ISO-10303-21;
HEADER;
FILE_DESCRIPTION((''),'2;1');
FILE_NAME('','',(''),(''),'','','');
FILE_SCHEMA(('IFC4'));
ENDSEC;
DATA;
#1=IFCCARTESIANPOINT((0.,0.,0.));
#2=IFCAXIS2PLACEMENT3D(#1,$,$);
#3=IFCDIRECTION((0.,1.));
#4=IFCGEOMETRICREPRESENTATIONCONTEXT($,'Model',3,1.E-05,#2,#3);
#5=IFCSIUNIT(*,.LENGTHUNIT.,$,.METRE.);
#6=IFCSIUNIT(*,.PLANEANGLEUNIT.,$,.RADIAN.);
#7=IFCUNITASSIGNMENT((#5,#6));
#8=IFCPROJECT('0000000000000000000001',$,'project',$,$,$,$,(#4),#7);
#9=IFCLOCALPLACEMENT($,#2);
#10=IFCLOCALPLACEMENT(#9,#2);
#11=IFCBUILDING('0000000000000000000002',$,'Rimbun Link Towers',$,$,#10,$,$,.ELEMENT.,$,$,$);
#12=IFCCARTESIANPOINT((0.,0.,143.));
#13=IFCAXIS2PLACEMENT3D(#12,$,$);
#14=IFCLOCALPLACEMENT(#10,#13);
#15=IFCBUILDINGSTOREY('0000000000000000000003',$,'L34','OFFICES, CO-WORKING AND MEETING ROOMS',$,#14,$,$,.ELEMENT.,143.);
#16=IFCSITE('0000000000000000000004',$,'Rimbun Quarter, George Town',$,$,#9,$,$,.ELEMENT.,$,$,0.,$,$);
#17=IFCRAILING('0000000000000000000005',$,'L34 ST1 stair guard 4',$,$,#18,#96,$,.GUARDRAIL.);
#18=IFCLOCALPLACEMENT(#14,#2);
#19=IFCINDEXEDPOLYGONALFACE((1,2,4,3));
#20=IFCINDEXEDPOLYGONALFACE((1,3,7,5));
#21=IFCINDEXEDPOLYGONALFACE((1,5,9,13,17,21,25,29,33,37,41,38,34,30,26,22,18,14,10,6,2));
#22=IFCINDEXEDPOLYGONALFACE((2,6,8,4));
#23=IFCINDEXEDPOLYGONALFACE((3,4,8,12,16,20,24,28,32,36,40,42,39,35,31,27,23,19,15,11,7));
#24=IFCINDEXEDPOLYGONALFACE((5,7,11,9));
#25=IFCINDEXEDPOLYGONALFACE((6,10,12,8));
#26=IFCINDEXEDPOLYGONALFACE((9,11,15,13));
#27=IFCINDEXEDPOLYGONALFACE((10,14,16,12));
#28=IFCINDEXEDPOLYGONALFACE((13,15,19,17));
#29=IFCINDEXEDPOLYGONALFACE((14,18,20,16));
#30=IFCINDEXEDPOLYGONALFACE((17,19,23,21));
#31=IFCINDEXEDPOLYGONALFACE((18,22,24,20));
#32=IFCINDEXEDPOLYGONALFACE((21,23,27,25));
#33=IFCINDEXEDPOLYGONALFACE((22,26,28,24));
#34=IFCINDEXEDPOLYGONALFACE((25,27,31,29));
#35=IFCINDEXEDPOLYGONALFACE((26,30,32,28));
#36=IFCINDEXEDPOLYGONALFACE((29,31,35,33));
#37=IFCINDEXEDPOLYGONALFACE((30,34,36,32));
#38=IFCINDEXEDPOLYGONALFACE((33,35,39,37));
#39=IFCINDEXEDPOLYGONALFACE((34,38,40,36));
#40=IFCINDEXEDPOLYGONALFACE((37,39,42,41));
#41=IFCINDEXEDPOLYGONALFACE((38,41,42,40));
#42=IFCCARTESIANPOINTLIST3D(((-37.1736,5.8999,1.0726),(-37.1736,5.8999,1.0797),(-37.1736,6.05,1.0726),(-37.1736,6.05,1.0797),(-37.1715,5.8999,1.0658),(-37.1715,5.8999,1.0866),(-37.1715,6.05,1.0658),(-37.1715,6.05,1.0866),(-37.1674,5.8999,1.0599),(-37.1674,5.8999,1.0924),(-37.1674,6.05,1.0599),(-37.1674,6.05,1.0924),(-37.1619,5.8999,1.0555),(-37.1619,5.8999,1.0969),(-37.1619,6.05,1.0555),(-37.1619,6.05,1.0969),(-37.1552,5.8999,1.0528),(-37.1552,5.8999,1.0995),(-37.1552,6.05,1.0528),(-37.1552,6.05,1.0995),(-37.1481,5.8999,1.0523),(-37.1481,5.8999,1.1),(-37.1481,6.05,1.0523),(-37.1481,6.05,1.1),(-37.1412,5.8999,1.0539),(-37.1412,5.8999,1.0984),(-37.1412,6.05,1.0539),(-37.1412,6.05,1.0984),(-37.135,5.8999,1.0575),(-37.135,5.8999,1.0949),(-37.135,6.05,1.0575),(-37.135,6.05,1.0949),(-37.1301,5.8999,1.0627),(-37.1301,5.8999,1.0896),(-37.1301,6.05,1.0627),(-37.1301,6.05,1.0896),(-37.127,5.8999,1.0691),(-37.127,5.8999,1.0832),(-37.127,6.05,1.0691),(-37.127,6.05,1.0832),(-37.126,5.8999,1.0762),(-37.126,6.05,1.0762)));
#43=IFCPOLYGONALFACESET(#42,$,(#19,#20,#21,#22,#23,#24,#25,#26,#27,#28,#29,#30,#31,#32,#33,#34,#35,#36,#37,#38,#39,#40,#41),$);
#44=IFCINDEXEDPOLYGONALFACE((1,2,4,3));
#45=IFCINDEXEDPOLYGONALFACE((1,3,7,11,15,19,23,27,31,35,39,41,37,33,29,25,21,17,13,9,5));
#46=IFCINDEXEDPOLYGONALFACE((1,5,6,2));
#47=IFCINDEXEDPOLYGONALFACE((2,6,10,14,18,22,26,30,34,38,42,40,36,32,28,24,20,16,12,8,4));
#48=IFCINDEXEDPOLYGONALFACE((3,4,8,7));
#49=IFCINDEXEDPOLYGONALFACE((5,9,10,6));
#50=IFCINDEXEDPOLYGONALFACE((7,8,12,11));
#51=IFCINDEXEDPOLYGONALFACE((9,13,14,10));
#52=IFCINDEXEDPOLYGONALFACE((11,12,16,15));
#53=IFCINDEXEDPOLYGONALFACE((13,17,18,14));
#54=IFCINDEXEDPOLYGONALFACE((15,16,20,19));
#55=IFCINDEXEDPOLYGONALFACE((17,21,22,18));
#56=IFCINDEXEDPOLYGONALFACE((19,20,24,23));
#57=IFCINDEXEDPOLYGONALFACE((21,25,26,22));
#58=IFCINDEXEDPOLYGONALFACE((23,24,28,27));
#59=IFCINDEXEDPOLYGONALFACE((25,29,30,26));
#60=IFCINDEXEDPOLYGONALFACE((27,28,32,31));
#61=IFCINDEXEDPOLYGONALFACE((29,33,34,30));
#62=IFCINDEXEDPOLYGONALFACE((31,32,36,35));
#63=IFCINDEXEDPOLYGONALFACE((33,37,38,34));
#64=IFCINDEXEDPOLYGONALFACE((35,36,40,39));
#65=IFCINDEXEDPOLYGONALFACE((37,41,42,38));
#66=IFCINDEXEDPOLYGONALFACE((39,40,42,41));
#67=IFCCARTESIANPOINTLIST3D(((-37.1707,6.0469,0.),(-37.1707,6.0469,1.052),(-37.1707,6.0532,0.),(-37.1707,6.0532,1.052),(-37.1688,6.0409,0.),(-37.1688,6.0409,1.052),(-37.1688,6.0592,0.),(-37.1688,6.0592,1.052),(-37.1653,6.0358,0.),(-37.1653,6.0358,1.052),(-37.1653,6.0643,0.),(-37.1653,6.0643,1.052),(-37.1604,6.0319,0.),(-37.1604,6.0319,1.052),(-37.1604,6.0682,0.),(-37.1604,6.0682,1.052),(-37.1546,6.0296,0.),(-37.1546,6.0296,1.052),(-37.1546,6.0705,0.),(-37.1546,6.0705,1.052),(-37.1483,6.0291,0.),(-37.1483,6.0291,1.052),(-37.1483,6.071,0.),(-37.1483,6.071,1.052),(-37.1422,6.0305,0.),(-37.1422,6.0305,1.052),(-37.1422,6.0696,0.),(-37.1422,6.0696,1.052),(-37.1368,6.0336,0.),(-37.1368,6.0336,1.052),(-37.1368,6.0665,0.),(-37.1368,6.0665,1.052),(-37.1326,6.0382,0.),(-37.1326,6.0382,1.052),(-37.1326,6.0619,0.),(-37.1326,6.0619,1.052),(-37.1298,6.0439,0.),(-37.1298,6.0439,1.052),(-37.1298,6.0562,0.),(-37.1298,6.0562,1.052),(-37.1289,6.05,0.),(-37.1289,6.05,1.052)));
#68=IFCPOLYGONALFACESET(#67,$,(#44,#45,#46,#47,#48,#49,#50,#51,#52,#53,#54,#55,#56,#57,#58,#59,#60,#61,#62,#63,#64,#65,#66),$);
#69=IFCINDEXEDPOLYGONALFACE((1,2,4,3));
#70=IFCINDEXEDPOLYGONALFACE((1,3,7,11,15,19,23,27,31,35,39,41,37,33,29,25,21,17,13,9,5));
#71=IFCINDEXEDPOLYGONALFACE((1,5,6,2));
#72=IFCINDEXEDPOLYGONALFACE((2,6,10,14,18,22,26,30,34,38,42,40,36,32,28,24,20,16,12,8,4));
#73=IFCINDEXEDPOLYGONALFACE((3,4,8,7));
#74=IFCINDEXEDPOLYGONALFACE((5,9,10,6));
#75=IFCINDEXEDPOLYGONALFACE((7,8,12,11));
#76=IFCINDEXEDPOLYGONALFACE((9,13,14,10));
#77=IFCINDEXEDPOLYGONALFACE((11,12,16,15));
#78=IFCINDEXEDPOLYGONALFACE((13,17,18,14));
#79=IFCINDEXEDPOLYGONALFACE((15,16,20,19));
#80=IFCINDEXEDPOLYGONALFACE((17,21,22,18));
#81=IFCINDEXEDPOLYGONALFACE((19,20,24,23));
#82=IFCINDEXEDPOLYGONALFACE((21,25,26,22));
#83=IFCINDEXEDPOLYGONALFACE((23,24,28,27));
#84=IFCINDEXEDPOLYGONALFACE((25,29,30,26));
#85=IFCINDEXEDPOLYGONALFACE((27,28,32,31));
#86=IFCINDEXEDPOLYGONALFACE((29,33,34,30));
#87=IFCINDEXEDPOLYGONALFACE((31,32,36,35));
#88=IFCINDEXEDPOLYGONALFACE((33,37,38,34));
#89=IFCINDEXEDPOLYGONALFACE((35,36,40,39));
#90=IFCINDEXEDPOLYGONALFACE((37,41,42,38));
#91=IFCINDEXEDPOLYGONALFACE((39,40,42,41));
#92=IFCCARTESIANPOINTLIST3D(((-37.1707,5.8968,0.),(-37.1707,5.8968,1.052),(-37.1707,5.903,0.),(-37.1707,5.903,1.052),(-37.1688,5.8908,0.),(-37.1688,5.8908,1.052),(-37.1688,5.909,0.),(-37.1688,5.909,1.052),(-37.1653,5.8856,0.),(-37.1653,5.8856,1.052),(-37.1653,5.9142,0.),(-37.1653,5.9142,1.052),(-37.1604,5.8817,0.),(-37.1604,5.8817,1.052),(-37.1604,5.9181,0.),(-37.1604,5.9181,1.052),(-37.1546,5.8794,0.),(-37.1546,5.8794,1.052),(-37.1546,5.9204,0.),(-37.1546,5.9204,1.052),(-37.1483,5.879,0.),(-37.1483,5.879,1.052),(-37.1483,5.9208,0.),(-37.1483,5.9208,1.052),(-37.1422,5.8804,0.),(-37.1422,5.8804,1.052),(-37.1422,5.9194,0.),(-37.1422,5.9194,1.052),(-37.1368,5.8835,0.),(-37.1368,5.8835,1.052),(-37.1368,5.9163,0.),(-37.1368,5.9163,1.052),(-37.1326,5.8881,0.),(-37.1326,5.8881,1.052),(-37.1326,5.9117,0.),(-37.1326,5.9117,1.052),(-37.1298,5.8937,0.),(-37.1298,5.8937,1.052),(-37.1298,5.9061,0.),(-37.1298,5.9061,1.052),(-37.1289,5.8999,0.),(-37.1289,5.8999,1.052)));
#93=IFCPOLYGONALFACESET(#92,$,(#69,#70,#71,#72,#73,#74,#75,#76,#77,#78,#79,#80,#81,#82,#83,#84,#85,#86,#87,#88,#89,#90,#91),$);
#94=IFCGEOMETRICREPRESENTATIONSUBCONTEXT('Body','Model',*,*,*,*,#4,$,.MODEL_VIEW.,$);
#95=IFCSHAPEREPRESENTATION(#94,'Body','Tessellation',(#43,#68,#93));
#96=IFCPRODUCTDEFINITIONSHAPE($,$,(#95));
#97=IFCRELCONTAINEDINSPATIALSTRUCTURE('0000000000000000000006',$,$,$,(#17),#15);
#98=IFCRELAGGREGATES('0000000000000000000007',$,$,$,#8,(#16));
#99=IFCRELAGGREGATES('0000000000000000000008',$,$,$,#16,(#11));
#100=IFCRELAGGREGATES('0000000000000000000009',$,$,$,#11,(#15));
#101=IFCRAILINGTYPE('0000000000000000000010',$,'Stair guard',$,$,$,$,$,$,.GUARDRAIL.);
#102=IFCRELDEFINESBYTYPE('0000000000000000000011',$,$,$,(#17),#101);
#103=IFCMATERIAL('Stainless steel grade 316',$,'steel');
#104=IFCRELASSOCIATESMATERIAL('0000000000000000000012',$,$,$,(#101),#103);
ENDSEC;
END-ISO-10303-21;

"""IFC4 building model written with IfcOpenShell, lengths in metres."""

from ifc_helpers import new_model, si_unit, direction, frame, origin, origin_2d, place, context, subcontext, project, spatial, circle, extrude, material, type_object, element, save


model = new_model("IFC4")

# Units and contexts
model_context = context("Model", 3, precision=1e-05, world=origin(), true_north=direction((0.0, 1.0)))
body_context = subcontext(model_context, "Body", "Model", "MODEL_VIEW")
ifc_project = project(units=[si_unit("LENGTHUNIT", "METRE"), si_unit("PLANEANGLEUNIT", "RADIAN")], contexts=[model_context])

# Site, building, storey
site_placement = place(None, origin())
site = spatial("IfcSite", under=ifc_project, at=site_placement, Name="Rimbun Quarter, George Town", CompositionType="ELEMENT", RefElevation=0.0)
building_placement = place(site_placement, origin())
building = spatial("IfcBuilding", under=site, at=building_placement, Name="Rimbun Link Towers", CompositionType="ELEMENT")
storey_placement = place(building_placement, frame((0.0, 0.0, 143.0)))
storey = spatial("IfcBuildingStorey", under=building, at=storey_placement, Name="L34", Description="OFFICES, CO-WORKING AND MEETING ROOMS", CompositionType="ELEMENT", Elevation=143.0)

# Railing
ifc_material_1 = material(Name="Stainless steel grade 316", Category="steel")
railing_type_1 = type_object("IfcRailingType", Name="Stair guard", PredefinedType="GUARDRAIL", material=ifc_material_1)
railing_1_placement = place(storey_placement, frame((-37.1499, 6.05, 0.0)))
element("IfcRailing", 1, at=railing_1_placement, inside=storey, type_object=railing_type_1, Name="L34 ST1 stair guard 4", PredefinedType="GUARDRAIL", context=body_context, shape_type="SweptSolid", body=[
    extrude(circle(Radius=0.0239, at=origin_2d()), frame((0.0, 0.0, 1.0762), z_axis=(0.0, -1.0, 0.0), x_axis=(1.0, 0.0, 0.0)), (0.0, 0.0, 1.0), 0.1501),
    extrude(circle(Radius=0.021, at=origin_2d()), origin(), (0.0, 0.0, 1.0), 1.052),
    extrude(circle(Radius=0.021, at=origin_2d()), frame((0.0, -0.1501, 0.0)), (0.0, 0.0, 1.0), 1.052),
])

save(model, "model.ifc")
